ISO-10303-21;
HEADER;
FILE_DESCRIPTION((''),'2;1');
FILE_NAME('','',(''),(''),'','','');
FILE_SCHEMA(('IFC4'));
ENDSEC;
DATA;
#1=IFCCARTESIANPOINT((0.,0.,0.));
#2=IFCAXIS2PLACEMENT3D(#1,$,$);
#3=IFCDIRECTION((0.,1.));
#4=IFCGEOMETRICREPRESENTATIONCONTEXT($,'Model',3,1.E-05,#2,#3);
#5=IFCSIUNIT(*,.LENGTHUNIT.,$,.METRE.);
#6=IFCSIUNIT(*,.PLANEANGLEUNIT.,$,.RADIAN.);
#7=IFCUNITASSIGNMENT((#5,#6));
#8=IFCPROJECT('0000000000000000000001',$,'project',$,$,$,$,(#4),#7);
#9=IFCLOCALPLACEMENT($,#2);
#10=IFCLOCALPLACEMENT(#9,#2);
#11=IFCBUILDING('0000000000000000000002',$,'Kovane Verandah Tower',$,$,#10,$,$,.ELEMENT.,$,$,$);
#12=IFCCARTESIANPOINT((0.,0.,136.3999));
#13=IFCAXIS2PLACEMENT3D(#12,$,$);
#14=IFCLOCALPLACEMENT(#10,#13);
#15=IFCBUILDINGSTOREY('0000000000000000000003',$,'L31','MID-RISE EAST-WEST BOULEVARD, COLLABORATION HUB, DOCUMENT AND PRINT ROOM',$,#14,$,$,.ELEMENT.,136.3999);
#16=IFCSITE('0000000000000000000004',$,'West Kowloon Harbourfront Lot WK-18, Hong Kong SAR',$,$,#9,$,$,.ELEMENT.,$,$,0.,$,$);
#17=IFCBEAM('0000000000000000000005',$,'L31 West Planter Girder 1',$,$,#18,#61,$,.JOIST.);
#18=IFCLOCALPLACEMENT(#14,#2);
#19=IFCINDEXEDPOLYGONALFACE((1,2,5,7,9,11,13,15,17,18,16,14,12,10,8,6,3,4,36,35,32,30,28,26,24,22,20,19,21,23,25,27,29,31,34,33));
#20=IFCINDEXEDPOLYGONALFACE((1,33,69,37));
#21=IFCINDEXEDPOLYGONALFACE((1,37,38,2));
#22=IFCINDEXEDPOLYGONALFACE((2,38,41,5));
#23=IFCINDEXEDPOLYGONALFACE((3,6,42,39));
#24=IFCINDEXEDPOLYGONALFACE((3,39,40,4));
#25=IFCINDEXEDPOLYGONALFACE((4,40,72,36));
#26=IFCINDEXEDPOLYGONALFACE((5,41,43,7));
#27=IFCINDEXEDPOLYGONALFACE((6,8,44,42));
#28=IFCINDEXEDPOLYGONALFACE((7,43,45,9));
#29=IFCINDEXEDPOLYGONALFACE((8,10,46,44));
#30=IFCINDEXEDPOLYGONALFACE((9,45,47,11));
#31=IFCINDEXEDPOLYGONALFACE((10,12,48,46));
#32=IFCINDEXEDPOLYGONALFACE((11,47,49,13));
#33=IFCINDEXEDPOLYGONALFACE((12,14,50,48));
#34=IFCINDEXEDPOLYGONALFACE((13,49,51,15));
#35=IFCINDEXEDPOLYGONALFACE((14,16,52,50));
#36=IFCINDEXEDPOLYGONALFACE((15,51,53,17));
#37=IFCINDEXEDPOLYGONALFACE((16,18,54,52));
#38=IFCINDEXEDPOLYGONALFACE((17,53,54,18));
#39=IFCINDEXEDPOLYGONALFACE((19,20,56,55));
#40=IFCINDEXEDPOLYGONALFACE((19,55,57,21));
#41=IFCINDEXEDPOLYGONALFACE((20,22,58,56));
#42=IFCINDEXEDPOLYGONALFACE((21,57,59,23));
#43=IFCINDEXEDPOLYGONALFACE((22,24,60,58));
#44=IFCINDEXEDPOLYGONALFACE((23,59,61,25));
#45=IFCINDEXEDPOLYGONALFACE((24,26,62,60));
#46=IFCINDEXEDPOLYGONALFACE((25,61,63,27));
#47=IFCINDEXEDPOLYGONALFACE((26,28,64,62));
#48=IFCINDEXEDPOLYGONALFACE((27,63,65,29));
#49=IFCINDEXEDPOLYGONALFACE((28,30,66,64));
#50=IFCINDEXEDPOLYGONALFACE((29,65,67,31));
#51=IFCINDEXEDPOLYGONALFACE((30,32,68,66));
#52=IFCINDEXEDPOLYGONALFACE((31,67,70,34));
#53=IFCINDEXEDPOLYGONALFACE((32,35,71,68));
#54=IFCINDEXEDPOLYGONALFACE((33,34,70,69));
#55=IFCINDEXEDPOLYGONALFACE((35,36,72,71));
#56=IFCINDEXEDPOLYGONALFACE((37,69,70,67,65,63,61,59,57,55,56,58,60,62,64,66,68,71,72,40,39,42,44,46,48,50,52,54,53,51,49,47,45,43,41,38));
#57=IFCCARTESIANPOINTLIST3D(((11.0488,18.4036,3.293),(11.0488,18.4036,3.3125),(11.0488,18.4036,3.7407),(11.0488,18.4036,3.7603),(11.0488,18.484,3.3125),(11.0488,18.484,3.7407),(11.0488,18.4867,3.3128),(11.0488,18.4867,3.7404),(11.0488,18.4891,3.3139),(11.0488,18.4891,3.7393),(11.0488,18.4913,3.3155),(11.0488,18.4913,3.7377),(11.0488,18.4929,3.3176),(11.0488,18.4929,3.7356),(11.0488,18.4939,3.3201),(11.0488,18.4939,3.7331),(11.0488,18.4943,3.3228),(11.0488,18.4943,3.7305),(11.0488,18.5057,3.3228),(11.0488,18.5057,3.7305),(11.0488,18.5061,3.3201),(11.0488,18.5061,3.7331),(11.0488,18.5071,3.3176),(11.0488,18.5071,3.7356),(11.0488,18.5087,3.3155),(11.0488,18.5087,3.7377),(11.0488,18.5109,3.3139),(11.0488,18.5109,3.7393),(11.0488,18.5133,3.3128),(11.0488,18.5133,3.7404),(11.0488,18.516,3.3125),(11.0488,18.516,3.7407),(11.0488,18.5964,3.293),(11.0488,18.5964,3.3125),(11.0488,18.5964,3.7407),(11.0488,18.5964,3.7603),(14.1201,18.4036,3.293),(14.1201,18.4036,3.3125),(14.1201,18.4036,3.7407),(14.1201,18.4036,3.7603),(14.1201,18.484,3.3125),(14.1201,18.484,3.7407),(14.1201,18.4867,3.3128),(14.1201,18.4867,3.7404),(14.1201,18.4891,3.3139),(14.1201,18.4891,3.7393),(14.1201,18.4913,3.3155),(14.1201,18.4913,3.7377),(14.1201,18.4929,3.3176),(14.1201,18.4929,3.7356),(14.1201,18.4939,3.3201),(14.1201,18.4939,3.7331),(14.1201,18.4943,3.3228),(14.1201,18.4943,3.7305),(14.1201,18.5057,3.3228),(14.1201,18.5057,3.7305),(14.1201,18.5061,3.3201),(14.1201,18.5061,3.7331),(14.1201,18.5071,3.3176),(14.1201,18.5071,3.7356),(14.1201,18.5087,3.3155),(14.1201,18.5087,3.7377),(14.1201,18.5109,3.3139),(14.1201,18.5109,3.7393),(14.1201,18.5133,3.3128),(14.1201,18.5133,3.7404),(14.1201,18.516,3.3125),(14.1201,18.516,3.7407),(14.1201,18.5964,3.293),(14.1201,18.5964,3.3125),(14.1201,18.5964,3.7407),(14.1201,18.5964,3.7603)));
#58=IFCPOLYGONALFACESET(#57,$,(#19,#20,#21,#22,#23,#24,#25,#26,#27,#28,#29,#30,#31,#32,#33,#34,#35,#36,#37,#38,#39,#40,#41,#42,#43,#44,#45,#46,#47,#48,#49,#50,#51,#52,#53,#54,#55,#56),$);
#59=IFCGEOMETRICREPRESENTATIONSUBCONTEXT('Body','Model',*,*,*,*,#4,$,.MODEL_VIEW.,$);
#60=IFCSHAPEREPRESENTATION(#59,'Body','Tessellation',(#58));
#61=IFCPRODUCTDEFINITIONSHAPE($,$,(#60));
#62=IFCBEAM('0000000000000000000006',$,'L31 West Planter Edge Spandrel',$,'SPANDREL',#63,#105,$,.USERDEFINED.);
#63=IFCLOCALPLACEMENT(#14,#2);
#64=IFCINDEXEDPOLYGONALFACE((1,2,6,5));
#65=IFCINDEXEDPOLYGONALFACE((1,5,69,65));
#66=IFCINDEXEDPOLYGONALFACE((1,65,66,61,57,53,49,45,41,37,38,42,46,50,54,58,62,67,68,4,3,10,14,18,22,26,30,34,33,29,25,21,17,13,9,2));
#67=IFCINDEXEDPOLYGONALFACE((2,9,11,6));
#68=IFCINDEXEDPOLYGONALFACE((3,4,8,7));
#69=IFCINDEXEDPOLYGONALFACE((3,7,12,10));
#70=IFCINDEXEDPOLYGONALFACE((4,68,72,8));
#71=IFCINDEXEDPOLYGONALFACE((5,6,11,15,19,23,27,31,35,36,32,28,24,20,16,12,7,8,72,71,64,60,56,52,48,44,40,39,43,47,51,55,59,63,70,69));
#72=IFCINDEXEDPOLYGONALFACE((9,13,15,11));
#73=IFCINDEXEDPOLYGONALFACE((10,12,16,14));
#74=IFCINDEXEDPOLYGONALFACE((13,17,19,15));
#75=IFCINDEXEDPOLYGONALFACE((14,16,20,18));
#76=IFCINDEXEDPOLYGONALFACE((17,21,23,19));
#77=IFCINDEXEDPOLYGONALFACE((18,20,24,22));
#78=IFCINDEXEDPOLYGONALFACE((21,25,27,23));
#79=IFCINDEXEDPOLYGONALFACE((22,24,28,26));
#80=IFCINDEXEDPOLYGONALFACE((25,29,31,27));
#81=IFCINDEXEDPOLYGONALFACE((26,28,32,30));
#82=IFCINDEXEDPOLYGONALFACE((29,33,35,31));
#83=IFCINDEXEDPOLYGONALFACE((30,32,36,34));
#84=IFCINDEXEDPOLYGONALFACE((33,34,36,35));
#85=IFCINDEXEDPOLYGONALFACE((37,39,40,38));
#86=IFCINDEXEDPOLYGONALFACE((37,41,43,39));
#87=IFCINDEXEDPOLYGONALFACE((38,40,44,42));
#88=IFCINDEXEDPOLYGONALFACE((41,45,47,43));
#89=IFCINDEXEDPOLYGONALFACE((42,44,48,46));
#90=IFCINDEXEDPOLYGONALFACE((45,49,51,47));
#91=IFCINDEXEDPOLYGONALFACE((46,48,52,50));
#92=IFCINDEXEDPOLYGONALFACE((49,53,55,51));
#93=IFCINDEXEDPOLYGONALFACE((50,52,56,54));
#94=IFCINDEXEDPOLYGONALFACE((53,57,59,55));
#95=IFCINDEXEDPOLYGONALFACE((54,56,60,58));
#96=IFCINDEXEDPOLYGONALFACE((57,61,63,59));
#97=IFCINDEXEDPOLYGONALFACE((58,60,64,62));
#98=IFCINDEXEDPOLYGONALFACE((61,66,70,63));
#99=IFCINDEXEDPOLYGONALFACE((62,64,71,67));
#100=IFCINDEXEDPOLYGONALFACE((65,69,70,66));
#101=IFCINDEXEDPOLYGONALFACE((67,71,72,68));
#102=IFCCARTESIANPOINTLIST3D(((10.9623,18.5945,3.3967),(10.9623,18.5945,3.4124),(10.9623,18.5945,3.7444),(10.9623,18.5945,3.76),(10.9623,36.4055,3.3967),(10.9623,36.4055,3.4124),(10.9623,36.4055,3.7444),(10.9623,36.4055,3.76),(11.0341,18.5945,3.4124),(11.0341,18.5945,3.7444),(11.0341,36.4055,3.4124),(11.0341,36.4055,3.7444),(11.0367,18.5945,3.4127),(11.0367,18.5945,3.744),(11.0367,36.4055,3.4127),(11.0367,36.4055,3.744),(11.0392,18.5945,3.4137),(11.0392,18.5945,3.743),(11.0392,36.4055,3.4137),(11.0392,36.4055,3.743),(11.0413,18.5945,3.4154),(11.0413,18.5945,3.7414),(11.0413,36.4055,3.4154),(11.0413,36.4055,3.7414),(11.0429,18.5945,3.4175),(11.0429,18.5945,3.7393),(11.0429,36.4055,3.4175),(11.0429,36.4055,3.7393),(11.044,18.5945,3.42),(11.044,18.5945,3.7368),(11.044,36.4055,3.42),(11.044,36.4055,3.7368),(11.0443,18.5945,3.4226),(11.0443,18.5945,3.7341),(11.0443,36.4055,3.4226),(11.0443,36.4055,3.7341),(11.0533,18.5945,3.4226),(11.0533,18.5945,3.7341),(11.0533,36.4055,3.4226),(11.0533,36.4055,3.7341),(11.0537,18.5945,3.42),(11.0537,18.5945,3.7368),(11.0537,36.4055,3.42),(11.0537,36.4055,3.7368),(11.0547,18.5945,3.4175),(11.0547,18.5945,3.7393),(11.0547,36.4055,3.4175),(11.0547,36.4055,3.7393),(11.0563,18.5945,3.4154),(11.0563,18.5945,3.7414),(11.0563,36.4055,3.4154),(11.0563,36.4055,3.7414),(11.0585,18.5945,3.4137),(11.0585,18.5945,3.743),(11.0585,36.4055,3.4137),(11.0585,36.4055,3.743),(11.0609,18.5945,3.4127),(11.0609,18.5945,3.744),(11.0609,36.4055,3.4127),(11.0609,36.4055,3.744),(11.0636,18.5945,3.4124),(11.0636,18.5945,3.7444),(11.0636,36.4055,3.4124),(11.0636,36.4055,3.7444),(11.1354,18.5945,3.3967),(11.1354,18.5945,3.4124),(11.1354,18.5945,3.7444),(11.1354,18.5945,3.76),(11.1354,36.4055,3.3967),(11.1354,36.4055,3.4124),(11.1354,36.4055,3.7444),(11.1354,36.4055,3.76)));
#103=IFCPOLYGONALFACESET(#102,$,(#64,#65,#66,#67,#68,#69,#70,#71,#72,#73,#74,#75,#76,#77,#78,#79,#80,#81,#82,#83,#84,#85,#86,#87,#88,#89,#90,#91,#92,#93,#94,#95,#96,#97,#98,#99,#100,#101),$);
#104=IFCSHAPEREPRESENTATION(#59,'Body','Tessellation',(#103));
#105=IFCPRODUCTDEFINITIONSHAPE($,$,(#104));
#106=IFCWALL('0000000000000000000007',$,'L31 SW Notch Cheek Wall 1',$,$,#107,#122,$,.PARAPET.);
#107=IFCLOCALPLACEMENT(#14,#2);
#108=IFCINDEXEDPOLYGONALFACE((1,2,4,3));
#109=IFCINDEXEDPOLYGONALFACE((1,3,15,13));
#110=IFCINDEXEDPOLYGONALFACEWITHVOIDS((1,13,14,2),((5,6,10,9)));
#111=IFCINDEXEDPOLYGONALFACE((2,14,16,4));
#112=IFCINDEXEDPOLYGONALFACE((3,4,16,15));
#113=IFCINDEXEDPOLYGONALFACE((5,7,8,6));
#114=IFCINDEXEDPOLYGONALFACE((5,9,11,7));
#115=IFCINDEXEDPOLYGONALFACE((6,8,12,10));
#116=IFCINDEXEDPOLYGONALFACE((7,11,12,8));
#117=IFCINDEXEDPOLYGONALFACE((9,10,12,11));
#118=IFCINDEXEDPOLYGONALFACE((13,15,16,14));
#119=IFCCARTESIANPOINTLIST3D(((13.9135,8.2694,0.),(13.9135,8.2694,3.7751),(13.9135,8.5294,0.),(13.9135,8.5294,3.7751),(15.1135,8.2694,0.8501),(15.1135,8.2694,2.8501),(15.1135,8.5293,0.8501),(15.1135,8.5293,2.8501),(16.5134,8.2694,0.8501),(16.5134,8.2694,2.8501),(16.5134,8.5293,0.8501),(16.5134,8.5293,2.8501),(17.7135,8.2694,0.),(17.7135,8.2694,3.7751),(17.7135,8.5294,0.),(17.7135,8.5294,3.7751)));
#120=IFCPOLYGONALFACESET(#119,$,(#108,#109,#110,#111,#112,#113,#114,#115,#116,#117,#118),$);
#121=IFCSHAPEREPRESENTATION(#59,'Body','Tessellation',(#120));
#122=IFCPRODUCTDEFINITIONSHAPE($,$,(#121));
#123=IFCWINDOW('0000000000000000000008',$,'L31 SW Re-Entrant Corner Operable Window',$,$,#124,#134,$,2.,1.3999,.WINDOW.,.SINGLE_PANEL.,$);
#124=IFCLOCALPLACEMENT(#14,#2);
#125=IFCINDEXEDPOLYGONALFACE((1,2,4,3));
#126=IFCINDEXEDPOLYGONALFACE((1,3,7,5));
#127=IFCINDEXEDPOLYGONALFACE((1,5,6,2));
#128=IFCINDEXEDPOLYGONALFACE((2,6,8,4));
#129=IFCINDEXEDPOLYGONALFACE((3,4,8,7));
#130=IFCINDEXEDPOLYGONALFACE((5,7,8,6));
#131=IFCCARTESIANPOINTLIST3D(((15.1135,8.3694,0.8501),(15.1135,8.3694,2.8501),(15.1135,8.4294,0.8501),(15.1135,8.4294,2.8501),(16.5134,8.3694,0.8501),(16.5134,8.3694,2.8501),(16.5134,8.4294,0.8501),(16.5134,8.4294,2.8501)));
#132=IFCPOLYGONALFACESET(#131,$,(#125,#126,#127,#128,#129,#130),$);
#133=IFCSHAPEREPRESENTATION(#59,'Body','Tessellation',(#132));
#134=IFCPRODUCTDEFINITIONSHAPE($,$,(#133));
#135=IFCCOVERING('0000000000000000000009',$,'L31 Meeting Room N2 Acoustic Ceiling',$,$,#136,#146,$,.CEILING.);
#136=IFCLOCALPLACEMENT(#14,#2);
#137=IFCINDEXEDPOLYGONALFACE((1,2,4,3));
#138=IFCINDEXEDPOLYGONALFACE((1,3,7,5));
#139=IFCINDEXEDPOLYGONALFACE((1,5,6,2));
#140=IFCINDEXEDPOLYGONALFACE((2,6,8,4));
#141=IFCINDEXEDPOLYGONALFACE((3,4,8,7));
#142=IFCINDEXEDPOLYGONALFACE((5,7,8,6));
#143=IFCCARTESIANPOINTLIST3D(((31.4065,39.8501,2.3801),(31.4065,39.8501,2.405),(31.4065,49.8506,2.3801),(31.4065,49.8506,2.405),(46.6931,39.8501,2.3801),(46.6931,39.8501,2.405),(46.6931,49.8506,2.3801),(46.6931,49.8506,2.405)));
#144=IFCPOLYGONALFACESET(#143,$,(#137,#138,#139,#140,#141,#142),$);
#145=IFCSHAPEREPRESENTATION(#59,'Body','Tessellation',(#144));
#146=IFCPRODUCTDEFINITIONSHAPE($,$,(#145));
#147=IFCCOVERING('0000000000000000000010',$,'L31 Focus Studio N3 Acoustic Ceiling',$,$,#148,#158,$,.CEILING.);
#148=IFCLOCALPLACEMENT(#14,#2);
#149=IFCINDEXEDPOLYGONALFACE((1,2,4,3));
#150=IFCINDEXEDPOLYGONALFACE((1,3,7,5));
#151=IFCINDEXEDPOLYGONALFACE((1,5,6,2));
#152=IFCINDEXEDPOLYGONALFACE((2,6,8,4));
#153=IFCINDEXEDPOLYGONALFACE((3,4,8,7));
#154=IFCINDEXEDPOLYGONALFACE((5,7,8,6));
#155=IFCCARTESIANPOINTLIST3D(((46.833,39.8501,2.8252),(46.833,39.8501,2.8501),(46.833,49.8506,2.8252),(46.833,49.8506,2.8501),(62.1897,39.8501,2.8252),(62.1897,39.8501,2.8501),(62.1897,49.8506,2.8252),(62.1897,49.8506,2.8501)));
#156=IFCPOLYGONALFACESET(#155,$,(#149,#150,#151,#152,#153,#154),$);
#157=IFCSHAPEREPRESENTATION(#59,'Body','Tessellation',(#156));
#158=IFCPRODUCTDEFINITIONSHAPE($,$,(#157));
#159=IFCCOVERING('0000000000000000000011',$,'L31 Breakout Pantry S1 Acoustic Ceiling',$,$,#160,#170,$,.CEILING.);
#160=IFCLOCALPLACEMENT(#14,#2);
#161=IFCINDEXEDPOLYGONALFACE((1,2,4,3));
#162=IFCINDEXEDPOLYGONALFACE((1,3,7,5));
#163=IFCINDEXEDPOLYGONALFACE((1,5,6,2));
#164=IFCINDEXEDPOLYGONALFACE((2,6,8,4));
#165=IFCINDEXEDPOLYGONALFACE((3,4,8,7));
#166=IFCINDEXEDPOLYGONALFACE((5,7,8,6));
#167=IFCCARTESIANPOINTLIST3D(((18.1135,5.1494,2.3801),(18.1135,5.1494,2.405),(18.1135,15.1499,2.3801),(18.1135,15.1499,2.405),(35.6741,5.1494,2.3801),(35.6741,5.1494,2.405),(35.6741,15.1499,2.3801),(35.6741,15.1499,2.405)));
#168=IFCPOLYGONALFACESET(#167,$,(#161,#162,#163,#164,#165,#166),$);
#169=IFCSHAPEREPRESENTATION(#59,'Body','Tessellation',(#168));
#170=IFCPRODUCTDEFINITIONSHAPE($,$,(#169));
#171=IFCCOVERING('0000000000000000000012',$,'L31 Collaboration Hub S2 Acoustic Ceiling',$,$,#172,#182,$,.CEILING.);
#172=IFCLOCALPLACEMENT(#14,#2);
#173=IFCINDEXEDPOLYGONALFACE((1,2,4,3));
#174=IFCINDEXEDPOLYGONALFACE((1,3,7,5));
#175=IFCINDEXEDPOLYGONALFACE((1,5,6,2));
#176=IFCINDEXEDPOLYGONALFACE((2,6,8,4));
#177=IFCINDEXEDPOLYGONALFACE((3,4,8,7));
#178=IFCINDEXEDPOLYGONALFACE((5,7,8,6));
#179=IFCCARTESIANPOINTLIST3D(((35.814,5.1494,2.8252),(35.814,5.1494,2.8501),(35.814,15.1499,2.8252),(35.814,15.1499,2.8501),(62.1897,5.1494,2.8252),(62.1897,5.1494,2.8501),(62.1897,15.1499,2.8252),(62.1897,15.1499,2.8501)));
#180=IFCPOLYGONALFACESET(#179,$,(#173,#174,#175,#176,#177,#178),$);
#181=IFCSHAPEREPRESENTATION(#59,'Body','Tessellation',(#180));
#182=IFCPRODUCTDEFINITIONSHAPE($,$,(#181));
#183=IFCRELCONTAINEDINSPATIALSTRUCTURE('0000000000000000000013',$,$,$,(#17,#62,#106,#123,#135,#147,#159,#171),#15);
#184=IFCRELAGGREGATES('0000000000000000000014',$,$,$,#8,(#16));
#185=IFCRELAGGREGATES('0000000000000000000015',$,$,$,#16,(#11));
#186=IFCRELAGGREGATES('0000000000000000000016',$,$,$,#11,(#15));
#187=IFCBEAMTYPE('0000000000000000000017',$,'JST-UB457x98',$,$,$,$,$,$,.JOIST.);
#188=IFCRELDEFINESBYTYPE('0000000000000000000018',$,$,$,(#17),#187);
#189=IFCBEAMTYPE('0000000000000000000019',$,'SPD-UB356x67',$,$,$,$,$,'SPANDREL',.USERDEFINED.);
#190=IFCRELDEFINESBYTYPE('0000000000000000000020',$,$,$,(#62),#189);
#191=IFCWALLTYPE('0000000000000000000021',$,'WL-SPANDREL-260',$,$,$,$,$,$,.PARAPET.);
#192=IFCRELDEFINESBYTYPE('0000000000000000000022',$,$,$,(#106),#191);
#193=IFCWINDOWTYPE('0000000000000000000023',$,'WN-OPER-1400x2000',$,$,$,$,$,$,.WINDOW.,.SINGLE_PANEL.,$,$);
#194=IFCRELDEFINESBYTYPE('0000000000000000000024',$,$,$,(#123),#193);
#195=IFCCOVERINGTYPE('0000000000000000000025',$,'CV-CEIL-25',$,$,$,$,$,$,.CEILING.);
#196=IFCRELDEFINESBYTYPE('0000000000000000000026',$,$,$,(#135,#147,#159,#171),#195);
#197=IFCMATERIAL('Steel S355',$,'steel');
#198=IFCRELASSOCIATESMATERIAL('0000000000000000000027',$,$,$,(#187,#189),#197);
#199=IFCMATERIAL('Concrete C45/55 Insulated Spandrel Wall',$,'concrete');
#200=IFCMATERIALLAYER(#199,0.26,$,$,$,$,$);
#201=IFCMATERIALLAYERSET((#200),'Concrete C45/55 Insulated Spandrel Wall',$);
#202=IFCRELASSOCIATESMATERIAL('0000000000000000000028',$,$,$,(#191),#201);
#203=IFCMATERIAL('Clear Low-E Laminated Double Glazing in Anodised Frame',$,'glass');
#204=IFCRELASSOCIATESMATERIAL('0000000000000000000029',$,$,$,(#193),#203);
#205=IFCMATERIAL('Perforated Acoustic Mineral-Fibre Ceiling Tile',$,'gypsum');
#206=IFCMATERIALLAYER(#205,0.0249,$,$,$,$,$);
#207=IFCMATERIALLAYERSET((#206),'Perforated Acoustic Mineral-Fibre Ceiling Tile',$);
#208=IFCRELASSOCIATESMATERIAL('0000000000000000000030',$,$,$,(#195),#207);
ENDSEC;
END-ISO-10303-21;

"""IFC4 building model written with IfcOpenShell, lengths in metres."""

from ifc_helpers import new_model, si_unit, direction, frame, frame_2d, origin, origin_2d, place, context, subcontext, project, spatial, polyline, rectangle, i_section, outline, extrude, material, layer, layer_set, material_profile, profile_set, type_object, element, fill, save


model = new_model("IFC4")

# Units and contexts
model_context = context("Model", 3, precision=1e-05, world=origin(), true_north=direction((0.0, 1.0)))
body_context = subcontext(model_context, "Body", "Model", "MODEL_VIEW")
ifc_project = project(units=[si_unit("LENGTHUNIT", "METRE"), si_unit("PLANEANGLEUNIT", "RADIAN")], contexts=[model_context])

# Site, building, storey
site_placement = place(None, origin())
site = spatial("IfcSite", under=ifc_project, at=site_placement, Name="West Kowloon Harbourfront Lot WK-18, Hong Kong SAR", CompositionType="ELEMENT", RefElevation=0.0)
building_placement = place(site_placement, origin())
building = spatial("IfcBuilding", under=site, at=building_placement, Name="Kovane Verandah Tower", CompositionType="ELEMENT")
storey_placement = place(building_placement, frame((0.0, 0.0, 136.3999)))
storey = spatial("IfcBuildingStorey", under=building, at=storey_placement, Name="L31", Description="MID-RISE EAST-WEST BOULEVARD, COLLABORATION HUB, DOCUMENT AND PRINT ROOM", CompositionType="ELEMENT", Elevation=136.3999)

# Beams
ifc_material_1 = material(Name="Steel S355", Category="steel")
ifc_material_profile_1 = material_profile(ifc_material_1, i_section(OverallWidth=0.1929, OverallDepth=0.4673, WebThickness=0.0115, FlangeThickness=0.0195, FilletRadius=0.0103, at=origin_2d()), Name="UB457x191x98")
ifc_profile_set_1 = profile_set([ifc_material_profile_1], Name="Steel S355")
beam_type_1 = type_object("IfcBeamType", Name="JST-UB457x98", PredefinedType="JOIST", material=ifc_profile_set_1)
beam_1_placement = place(storey_placement, frame((14.1201, 18.5, 3.5266), z_axis=(-1.0, 0.0, 0.0), x_axis=(0.0, -1.0, 0.0)))
element("IfcBeam", 1, at=beam_1_placement, inside=storey, type_object=beam_type_1, Name="L31 West Planter Girder 1", PredefinedType="JOIST", context=body_context, shape_type="SweptSolid", body=[
    extrude(i_section(OverallWidth=0.1929, OverallDepth=0.4673, WebThickness=0.0115, FlangeThickness=0.0195, FilletRadius=0.0103, at=origin_2d()), origin(), (0.0, 0.0, 1.0), 3.0713),
])
ifc_material_profile_2 = material_profile(ifc_material_1, i_section(OverallWidth=0.1731, OverallDepth=0.3633, WebThickness=0.009, FlangeThickness=0.0156, FilletRadius=0.0103, at=origin_2d()), Name="UB356x171x67")
ifc_profile_set_2 = profile_set([ifc_material_profile_2], Name="Steel S355")
beam_type_2 = type_object("IfcBeamType", Name="SPD-UB356x67", ElementType="SPANDREL", PredefinedType="USERDEFINED", material=ifc_profile_set_2)
beam_2_placement = place(storey_placement, frame((11.0488, 18.5945, 3.5784), z_axis=(0.0, 1.0, 0.0), x_axis=(-1.0, 0.0, 0.0)))
element("IfcBeam", 2, at=beam_2_placement, inside=storey, type_object=beam_type_2, Name="L31 West Planter Edge Spandrel", ObjectType="SPANDREL", PredefinedType="USERDEFINED", context=body_context, shape_type="SweptSolid", body=[
    extrude(i_section(OverallWidth=0.1731, OverallDepth=0.3633, WebThickness=0.009, FlangeThickness=0.0156, FilletRadius=0.0103, at=origin_2d()), origin(), (0.0, 0.0, 1.0), 17.811),
])

# Wall, opening, window
ifc_material_2 = material(Name="Concrete C45/55 Insulated Spandrel Wall", Category="concrete")
ifc_layer_1 = layer(ifc_material_2, 0.26)
ifc_layer_set_1 = layer_set([ifc_layer_1], Name="Concrete C45/55 Insulated Spandrel Wall")
wall_type = type_object("IfcWallType", Name="WL-SPANDREL-260", PredefinedType="PARAPET", material=ifc_layer_set_1)
wall_placement = place(storey_placement, frame((13.9136, 8.3994, 0.0), z_axis=(0.0, 0.0, 1.0), x_axis=(1.0, 0.0, 0.0)))
wall = element("IfcWall", 3, at=wall_placement, inside=storey, type_object=wall_type, Name="L31 SW Notch Cheek Wall 1", PredefinedType="PARAPET", context=body_context, shape_type="SweptSolid", body=[
    extrude(rectangle(XDim=3.8, YDim=0.26, at=frame_2d((1.8999, 0.0))), origin(), (0.0, 0.0, 1.0), 3.7751),
])
opening_placement = place(wall_placement, frame((1.2, 0.0, 0.8501)))
opening = element("IfcOpeningElement", 4, at=opening_placement, cuts=wall, PredefinedType="OPENING", context=body_context, shape_type="SweptSolid", body=[
    extrude(rectangle(XDim=1.3999, YDim=2.0, at=frame_2d((0.7, 1.0))), frame((0.0, 0.1299, 0.0), z_axis=(0.0, -1.0, 0.0), x_axis=(1.0, 0.0, 0.0)), (0.0, 0.0, 1.0), 0.26),
])
ifc_material_3 = material(Name="Clear Low-E Laminated Double Glazing in Anodised Frame", Category="glass")
window_type = type_object("IfcWindowType", Name="WN-OPER-1400x2000", PartitioningType="SINGLE_PANEL", PredefinedType="WINDOW", material=ifc_material_3)
window_placement = place(opening_placement, origin())
window = element("IfcWindow", 5, at=window_placement, inside=storey, type_object=window_type, Name="L31 SW Re-Entrant Corner Operable Window", OverallHeight=2.0, OverallWidth=1.3999, PartitioningType="SINGLE_PANEL", PredefinedType="WINDOW", context=body_context, shape_type="SweptSolid", body=[
    extrude(rectangle(XDim=1.3999, YDim=2.0, at=frame_2d((0.7, 1.0))), frame((0.0, 0.03, 0.0), z_axis=(0.0, -1.0, 0.0), x_axis=(1.0, 0.0, 0.0)), (0.0, 0.0, 1.0), 0.0601),
])
fill(opening, window)

# Coverings
ifc_material_4 = material(Name="Perforated Acoustic Mineral-Fibre Ceiling Tile", Category="gypsum")
ifc_layer_2 = layer(ifc_material_4, 0.0249)
ifc_layer_set_2 = layer_set([ifc_layer_2], Name="Perforated Acoustic Mineral-Fibre Ceiling Tile")
covering_type_1 = type_object("IfcCoveringType", Name="CV-CEIL-25", PredefinedType="CEILING", material=ifc_layer_set_2)
covering_1_placement = place(storey_placement, frame((0.0, 0.0, 2.3801)))
element("IfcCovering", 6, at=covering_1_placement, inside=storey, type_object=covering_type_1, Name="L31 Meeting Room N2 Acoustic Ceiling", PredefinedType="CEILING", context=body_context, shape_type="SweptSolid", body=[
    extrude(outline(polyline([(31.4065, 39.8501), (46.6931, 39.8501), (46.6931, 49.8506), (31.4065, 49.8506), (31.4065, 39.8501)])), origin(), (0.0, 0.0, 1.0), 0.0249),
])
covering_2_placement = place(storey_placement, frame((0.0, 0.0, 2.8252)))
element("IfcCovering", 7, at=covering_2_placement, inside=storey, type_object=covering_type_1, Name="L31 Focus Studio N3 Acoustic Ceiling", PredefinedType="CEILING", context=body_context, shape_type="SweptSolid", body=[
    extrude(outline(polyline([(46.833, 39.8501), (62.1897, 39.8501), (62.1897, 49.8506), (46.833, 49.8506), (46.833, 39.8501)])), origin(), (0.0, 0.0, 1.0), 0.0249),
])
covering_3_placement = place(storey_placement, frame((0.0, 0.0, 2.3801)))
element("IfcCovering", 8, at=covering_3_placement, inside=storey, type_object=covering_type_1, Name="L31 Breakout Pantry S1 Acoustic Ceiling", PredefinedType="CEILING", context=body_context, shape_type="SweptSolid", body=[
    extrude(outline(polyline([(18.1135, 5.1494), (35.6741, 5.1494), (35.6741, 15.1499), (18.1135, 15.1499), (18.1135, 5.1494)])), origin(), (0.0, 0.0, 1.0), 0.0249),
])
covering_4_placement = place(storey_placement, frame((0.0, 0.0, 2.8252)))
element("IfcCovering", 9, at=covering_4_placement, inside=storey, type_object=covering_type_1, Name="L31 Collaboration Hub S2 Acoustic Ceiling", PredefinedType="CEILING", context=body_context, shape_type="SweptSolid", body=[
    extrude(outline(polyline([(35.814, 5.1494), (62.1897, 5.1494), (62.1897, 15.1499), (35.814, 15.1499), (35.814, 5.1494)])), origin(), (0.0, 0.0, 1.0), 0.0249),
])

save(model, "model.ifc")
